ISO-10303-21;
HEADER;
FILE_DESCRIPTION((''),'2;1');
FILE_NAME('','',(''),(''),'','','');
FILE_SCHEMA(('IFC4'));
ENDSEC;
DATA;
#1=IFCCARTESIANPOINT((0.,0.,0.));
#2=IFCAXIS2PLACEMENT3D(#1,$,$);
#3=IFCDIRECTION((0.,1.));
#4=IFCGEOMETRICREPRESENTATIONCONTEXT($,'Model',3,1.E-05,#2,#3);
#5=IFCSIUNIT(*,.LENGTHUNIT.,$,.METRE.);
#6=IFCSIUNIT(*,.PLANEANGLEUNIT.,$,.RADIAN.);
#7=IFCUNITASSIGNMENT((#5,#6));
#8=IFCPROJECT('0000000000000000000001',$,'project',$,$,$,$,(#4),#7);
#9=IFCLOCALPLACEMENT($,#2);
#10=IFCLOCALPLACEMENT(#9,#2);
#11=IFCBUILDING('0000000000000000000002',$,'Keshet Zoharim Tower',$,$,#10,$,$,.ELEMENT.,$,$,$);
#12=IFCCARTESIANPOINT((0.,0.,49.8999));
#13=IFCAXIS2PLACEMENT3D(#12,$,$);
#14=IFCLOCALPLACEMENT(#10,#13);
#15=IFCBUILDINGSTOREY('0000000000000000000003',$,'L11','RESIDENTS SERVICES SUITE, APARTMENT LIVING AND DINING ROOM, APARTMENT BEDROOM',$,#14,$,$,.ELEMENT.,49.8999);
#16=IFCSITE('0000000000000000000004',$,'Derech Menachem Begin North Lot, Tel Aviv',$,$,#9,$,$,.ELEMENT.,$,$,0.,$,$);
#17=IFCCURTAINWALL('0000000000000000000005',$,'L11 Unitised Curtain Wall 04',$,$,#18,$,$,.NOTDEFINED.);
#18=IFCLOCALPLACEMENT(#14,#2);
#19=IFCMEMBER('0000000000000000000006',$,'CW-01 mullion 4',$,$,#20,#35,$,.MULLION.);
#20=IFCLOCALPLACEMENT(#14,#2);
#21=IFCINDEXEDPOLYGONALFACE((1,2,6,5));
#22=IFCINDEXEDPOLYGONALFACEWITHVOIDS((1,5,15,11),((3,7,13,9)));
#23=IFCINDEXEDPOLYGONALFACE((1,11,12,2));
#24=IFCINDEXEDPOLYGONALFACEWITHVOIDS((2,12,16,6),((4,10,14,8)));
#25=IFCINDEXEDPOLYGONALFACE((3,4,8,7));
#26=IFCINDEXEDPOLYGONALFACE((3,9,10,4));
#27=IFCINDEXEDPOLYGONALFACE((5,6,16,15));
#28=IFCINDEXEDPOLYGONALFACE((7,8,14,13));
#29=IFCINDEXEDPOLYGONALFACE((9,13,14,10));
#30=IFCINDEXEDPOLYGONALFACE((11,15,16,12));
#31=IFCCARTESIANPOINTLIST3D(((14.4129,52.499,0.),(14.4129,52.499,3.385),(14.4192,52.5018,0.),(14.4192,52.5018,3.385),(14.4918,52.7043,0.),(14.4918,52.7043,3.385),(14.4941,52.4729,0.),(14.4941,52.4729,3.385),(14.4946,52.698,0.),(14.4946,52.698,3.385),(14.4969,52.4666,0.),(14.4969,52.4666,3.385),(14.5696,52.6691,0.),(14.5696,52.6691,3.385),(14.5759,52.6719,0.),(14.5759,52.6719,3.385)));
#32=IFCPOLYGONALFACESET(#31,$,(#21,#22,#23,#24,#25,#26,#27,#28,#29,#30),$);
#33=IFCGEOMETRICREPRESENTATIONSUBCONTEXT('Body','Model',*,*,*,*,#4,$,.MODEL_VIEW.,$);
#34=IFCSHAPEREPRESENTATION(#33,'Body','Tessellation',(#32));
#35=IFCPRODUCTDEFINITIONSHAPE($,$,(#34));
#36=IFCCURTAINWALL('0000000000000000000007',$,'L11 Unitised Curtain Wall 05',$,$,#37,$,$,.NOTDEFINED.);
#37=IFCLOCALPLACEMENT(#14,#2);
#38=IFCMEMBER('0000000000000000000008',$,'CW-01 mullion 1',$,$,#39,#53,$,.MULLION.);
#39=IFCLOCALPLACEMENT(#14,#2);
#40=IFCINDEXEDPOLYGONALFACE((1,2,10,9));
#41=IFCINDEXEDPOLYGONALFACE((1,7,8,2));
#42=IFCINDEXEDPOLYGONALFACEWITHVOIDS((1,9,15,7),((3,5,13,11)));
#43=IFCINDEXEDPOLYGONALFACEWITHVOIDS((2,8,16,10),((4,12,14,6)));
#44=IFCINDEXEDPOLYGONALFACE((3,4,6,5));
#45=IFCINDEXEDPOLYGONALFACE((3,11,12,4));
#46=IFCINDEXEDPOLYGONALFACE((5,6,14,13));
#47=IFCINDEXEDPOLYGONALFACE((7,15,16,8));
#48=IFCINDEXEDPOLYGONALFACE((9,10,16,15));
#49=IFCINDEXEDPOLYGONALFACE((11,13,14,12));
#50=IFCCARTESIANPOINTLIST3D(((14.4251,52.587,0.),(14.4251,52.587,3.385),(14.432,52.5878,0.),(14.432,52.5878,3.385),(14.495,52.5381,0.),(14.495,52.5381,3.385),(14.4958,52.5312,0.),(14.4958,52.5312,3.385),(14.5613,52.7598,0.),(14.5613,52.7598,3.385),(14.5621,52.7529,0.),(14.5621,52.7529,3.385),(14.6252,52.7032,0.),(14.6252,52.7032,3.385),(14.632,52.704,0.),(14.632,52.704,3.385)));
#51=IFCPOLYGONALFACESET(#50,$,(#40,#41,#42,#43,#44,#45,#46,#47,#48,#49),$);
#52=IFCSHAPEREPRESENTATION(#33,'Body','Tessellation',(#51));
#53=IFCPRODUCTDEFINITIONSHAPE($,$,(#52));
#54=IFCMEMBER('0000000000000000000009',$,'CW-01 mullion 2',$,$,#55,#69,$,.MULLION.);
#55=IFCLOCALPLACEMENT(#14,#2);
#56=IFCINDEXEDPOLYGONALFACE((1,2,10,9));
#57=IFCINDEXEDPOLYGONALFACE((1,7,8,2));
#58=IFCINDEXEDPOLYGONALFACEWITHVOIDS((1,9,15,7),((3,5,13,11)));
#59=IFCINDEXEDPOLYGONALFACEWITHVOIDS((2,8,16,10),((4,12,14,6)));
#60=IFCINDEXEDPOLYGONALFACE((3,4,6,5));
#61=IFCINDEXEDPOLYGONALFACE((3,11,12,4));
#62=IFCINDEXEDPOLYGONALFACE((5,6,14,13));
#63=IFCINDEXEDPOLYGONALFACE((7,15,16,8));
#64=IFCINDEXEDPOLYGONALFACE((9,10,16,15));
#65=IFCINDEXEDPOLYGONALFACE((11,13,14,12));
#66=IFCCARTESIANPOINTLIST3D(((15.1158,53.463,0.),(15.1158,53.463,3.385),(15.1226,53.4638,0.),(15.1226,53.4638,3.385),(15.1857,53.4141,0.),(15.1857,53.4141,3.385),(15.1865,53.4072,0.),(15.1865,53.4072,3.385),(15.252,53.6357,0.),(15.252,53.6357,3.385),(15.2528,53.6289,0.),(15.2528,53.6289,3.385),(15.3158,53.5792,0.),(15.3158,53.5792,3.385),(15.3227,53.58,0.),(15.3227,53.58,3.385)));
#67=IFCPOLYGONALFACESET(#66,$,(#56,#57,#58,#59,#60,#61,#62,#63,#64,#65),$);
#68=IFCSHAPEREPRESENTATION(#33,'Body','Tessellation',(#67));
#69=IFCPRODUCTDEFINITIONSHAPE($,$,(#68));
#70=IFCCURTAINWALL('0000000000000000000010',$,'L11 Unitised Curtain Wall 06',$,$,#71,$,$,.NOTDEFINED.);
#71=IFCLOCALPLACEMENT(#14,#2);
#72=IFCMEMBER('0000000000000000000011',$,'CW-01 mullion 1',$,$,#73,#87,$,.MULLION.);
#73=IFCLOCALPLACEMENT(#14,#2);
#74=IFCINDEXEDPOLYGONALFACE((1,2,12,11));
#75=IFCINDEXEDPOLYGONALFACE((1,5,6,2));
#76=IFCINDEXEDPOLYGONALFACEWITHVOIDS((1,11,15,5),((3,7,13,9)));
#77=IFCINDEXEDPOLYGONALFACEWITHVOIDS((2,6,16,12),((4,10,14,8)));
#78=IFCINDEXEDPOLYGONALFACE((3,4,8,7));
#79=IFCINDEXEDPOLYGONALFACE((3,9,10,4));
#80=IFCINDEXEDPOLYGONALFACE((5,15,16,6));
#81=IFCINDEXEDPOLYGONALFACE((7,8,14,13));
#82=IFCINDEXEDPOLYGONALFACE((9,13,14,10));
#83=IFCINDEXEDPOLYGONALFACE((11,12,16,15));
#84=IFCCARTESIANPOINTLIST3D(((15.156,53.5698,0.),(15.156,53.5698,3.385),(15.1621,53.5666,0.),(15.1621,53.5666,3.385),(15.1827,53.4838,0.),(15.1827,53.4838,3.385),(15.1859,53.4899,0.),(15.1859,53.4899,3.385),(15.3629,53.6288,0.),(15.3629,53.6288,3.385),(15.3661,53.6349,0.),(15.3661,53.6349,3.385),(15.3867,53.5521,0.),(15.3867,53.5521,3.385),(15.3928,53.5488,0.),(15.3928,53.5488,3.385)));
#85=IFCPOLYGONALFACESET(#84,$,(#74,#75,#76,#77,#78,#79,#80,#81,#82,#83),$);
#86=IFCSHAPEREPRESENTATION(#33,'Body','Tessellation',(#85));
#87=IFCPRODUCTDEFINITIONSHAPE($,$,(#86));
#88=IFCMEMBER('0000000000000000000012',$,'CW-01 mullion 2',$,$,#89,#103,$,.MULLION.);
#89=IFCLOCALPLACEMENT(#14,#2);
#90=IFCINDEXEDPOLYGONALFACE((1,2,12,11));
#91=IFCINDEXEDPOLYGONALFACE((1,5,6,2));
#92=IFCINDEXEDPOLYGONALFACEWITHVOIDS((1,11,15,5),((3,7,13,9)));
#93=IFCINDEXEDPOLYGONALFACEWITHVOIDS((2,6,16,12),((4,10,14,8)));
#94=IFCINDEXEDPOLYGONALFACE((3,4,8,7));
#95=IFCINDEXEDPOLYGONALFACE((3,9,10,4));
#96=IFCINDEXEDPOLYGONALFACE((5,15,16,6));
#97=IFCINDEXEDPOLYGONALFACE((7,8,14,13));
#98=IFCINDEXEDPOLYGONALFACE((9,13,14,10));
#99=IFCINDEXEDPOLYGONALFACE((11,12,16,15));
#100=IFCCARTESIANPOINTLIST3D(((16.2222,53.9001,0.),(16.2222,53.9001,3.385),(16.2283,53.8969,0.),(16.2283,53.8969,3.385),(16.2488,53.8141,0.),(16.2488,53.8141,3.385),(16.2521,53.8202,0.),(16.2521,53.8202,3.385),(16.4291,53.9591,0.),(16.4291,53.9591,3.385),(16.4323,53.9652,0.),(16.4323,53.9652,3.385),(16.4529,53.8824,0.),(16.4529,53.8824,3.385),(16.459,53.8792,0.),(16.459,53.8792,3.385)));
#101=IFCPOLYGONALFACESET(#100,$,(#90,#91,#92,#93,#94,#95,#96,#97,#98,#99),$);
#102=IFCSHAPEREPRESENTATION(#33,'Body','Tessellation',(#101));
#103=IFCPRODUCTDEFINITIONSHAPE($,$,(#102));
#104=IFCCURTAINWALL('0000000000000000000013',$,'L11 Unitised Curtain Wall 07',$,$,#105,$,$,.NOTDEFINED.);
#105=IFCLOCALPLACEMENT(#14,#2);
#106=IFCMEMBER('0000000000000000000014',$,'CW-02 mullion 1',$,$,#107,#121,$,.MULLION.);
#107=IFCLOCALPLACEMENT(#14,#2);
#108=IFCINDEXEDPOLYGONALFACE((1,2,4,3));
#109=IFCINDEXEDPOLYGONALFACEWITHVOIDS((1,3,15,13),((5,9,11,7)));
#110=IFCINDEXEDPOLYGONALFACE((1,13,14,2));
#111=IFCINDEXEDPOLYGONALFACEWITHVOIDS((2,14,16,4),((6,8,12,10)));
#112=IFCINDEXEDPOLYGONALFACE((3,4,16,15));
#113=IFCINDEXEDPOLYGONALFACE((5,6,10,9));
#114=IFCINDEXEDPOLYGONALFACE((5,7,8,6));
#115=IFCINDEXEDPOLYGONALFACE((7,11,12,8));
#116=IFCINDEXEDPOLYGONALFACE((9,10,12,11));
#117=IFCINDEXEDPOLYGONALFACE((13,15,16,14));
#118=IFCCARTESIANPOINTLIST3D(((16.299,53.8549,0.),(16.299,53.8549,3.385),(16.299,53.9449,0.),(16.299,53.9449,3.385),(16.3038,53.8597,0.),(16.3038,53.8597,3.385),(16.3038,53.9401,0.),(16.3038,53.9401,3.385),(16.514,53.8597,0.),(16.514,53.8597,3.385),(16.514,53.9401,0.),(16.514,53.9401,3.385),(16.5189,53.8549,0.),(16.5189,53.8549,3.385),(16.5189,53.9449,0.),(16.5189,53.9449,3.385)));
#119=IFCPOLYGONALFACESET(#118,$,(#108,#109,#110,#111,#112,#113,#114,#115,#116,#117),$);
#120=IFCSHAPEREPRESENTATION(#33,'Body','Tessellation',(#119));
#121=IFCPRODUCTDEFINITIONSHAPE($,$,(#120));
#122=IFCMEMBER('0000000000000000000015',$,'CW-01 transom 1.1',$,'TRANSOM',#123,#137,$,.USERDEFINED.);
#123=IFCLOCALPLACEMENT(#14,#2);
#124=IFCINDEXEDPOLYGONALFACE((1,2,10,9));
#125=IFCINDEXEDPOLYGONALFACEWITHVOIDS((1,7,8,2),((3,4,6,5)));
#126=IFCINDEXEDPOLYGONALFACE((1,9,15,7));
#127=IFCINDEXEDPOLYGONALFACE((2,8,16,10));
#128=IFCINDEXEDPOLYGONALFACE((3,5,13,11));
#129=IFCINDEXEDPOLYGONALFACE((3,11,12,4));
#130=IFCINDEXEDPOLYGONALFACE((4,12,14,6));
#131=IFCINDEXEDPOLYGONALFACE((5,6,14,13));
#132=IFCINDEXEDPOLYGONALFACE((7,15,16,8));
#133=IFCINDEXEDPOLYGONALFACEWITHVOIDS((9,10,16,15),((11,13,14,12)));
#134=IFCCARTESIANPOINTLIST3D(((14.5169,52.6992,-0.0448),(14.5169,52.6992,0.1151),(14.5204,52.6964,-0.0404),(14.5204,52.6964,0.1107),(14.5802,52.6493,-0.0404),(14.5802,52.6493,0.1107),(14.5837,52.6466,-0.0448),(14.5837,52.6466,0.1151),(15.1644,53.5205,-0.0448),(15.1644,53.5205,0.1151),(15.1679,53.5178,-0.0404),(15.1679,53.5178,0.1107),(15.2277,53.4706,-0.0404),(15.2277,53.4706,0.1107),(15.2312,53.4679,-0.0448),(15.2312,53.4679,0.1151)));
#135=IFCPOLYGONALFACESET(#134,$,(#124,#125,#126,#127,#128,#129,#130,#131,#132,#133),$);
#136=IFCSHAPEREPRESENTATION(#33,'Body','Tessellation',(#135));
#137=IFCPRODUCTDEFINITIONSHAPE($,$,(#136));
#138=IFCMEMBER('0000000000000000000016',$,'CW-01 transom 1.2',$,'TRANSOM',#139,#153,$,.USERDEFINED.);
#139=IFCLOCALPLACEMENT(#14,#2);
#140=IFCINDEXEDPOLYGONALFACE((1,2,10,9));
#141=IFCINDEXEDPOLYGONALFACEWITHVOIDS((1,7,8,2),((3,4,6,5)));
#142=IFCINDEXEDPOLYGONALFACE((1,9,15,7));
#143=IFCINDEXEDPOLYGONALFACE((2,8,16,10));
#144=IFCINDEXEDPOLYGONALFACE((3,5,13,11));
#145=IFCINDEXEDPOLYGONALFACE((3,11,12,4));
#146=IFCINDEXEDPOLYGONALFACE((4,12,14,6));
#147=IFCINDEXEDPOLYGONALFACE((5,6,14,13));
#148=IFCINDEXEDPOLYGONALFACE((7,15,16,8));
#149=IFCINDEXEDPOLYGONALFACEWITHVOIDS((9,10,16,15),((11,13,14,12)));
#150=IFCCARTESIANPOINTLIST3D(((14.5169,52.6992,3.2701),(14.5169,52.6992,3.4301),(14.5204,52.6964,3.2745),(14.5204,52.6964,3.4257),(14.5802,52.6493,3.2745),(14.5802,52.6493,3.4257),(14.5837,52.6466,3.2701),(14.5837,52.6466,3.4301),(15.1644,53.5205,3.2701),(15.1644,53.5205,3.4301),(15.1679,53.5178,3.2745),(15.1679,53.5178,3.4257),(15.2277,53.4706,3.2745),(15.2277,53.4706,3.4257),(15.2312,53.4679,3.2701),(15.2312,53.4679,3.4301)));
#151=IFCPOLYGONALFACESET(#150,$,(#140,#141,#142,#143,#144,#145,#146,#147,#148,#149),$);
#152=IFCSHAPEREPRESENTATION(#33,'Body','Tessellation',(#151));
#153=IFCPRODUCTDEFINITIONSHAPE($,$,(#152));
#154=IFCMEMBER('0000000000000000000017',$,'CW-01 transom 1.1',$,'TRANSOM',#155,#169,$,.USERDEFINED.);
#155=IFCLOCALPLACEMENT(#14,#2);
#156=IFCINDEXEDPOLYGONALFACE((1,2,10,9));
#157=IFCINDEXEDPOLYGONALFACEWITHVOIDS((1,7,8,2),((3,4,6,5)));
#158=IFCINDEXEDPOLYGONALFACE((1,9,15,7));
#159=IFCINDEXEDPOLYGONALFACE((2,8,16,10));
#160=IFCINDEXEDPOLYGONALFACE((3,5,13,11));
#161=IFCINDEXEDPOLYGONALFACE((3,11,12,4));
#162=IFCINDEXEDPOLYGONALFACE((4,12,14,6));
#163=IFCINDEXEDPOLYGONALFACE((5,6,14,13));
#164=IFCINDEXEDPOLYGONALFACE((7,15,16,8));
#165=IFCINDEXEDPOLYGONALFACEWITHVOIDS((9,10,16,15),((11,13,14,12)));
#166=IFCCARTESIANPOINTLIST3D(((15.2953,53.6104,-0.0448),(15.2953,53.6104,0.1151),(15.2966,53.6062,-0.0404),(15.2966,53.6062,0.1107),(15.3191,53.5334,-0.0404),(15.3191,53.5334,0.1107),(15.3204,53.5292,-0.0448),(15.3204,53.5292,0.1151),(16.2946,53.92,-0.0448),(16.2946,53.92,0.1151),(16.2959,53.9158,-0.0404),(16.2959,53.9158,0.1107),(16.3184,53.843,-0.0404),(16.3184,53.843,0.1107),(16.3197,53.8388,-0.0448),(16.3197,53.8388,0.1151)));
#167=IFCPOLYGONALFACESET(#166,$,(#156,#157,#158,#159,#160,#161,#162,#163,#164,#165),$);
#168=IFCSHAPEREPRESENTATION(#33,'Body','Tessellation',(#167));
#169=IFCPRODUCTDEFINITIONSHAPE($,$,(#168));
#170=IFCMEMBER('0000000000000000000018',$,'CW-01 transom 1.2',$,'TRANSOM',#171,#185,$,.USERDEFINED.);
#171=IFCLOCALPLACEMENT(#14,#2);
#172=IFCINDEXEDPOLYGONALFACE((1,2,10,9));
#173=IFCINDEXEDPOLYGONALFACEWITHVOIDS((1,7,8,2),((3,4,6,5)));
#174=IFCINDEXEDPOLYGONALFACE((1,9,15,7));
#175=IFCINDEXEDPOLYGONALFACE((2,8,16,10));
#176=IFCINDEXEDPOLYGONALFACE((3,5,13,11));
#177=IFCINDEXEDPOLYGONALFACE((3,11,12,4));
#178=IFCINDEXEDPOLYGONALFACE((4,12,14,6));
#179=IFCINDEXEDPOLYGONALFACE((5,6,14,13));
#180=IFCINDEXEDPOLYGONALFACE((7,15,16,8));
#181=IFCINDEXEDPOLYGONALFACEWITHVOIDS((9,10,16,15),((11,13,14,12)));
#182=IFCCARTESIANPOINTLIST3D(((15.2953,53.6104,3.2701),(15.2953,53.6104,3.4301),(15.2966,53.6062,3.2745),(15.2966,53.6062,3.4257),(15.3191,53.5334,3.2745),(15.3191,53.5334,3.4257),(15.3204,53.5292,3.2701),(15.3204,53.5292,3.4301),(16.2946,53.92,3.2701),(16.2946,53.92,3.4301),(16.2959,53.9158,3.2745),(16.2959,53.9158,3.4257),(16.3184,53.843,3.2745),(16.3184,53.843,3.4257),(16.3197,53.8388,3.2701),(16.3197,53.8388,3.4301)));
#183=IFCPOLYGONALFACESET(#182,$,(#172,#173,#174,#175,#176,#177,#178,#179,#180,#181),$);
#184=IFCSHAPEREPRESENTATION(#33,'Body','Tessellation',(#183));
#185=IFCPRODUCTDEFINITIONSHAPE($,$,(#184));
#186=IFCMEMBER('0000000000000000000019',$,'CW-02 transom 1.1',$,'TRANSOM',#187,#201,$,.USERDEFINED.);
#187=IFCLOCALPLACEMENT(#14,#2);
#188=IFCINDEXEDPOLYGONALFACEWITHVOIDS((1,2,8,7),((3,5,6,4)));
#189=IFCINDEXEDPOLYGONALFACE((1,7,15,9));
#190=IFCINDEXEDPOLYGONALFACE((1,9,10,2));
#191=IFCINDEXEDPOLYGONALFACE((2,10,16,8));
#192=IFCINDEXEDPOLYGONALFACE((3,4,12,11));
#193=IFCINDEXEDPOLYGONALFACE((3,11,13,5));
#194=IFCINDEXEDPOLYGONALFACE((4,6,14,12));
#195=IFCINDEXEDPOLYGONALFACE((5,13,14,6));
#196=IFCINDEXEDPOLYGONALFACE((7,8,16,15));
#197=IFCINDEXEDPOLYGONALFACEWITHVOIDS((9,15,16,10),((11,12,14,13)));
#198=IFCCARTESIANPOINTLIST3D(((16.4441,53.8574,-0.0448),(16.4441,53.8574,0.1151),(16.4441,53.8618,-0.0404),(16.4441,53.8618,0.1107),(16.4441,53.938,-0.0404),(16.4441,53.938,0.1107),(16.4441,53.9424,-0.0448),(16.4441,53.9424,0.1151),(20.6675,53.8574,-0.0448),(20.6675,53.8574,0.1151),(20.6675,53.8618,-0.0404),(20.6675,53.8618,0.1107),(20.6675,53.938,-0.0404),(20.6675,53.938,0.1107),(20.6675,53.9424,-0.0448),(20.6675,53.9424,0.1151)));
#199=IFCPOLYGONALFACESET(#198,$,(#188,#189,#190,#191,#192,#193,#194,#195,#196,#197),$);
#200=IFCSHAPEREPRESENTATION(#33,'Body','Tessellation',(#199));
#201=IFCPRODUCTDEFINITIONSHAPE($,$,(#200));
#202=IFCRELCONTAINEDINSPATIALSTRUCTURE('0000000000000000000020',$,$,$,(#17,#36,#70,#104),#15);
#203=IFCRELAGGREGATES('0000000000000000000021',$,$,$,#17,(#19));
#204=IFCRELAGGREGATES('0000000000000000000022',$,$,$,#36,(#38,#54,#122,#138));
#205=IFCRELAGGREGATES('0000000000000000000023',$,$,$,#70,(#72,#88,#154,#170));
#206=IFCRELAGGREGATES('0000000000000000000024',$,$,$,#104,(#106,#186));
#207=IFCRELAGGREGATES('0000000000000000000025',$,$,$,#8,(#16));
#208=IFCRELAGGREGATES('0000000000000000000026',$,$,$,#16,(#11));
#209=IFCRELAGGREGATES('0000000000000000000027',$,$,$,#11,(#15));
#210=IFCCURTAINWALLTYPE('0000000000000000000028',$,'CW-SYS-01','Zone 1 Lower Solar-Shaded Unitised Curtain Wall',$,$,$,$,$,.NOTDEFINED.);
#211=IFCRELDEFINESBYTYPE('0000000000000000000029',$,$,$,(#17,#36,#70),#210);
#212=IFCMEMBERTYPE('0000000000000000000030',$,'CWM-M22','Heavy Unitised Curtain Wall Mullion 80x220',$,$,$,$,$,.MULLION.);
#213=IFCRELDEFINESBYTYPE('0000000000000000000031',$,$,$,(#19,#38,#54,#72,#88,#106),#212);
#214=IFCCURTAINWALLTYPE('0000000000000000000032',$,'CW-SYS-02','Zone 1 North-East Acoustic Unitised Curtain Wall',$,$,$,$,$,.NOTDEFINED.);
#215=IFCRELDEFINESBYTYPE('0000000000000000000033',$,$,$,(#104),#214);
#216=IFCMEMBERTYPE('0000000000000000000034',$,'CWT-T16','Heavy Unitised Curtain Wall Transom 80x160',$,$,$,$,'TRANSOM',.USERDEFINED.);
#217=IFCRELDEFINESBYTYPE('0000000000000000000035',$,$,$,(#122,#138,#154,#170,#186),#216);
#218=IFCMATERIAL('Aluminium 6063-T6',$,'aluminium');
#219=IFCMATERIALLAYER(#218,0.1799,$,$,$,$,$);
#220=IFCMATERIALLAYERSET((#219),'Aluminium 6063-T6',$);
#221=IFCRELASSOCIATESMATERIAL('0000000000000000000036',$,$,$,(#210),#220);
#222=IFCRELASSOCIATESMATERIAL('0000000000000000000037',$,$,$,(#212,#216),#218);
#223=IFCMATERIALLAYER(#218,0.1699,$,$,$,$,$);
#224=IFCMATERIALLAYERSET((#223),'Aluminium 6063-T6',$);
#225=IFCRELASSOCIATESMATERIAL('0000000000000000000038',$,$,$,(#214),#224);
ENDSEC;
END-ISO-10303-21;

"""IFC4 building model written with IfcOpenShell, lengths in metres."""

from ifc_helpers import new_model, si_unit, direction, frame, origin, origin_2d, place, context, subcontext, project, spatial, hollow_rectangle, extrude, material, layer, layer_set, material_profile, profile_set, type_object, element, aggregate, save


model = new_model("IFC4")

# Units and contexts
model_context = context("Model", 3, precision=1e-05, world=origin(), true_north=direction((0.0, 1.0)))
body_context = subcontext(model_context, "Body", "Model", "MODEL_VIEW")
ifc_project = project(units=[si_unit("LENGTHUNIT", "METRE"), si_unit("PLANEANGLEUNIT", "RADIAN")], contexts=[model_context])

# Site, building, storey
site_placement = place(None, origin())
site = spatial("IfcSite", under=ifc_project, at=site_placement, Name="Derech Menachem Begin North Lot, Tel Aviv", CompositionType="ELEMENT", RefElevation=0.0)
building_placement = place(site_placement, origin())
building = spatial("IfcBuilding", under=site, at=building_placement, Name="Keshet Zoharim Tower", CompositionType="ELEMENT")
storey_placement = place(building_placement, frame((0.0, 0.0, 49.8999)))
storey = spatial("IfcBuildingStorey", under=building, at=storey_placement, Name="L11", Description="RESIDENTS SERVICES SUITE, APARTMENT LIVING AND DINING ROOM, APARTMENT BEDROOM", CompositionType="ELEMENT", Elevation=49.8999)

# Curtain wall, member
ifc_material_1 = material(Name="Aluminium 6063-T6", Category="aluminium")
ifc_layer_1 = layer(ifc_material_1, 0.1799)
ifc_layer_set_1 = layer_set([ifc_layer_1], Name="Aluminium 6063-T6")
curtain_wall_type_1 = type_object("IfcCurtainWallType", Name="CW-SYS-01", Description="Zone 1 Lower Solar-Shaded Unitised Curtain Wall", PredefinedType="NOTDEFINED", material=ifc_layer_set_1)
curtain_wall_1_placement = place(storey_placement, origin())
curtain_wall_1 = element("IfcCurtainWall", 1, at=curtain_wall_1_placement, inside=storey, type_object=curtain_wall_type_1, Name="L11 Unitised Curtain Wall 04", PredefinedType="NOTDEFINED")
ifc_material_profile_1 = material_profile(ifc_material_1, hollow_rectangle(XDim=0.0901, YDim=0.22, WallThickness=0.0049, at=origin_2d()), Name="MUL-90x220")
ifc_profile_set_1 = profile_set([ifc_material_profile_1], Name="Aluminium 6063-T6")
member_type_1 = type_object("IfcMemberType", Name="CWM-M22", Description="Heavy Unitised Curtain Wall Mullion 80x220", PredefinedType="MULLION", material=ifc_profile_set_1)
member_1_placement = place(storey_placement, frame((14.4944, 52.5854, 0.0), z_axis=(0.0, 0.0, 1.0), x_axis=(-0.933341, 0.35899, 0.0)))
member_1 = element("IfcMember", 2, at=member_1_placement, type_object=member_type_1, Name="CW-01 mullion 4", PredefinedType="MULLION", context=body_context, shape_type="SweptSolid", body=[
    extrude(hollow_rectangle(XDim=0.0901, YDim=0.22, WallThickness=0.0049, at=origin_2d()), origin(), (0.0, 0.0, 1.0), 3.385),
])

# Curtain walls, members
curtain_wall_2_placement = place(storey_placement, origin())
curtain_wall_2 = element("IfcCurtainWall", 3, at=curtain_wall_2_placement, inside=storey, type_object=curtain_wall_type_1, Name="L11 Unitised Curtain Wall 05", PredefinedType="NOTDEFINED")
member_2_placement = place(storey_placement, frame((14.5286, 52.6455, 0.0), z_axis=(0.0, 0.0, 1.0), x_axis=(-0.785293, 0.619125, 0.0)))
member_2 = element("IfcMember", 4, at=member_2_placement, type_object=member_type_1, Name="CW-01 mullion 1", PredefinedType="MULLION", context=body_context, shape_type="SweptSolid", body=[
    extrude(hollow_rectangle(XDim=0.0901, YDim=0.22, WallThickness=0.0049, at=origin_2d()), origin(), (0.0, 0.0, 1.0), 3.385),
])
member_3_placement = place(storey_placement, frame((15.2192, 53.5215, 0.0), z_axis=(0.0, 0.0, 1.0), x_axis=(-0.785293, 0.619125, 0.0)))
member_3 = element("IfcMember", 5, at=member_3_placement, type_object=member_type_1, Name="CW-01 mullion 2", PredefinedType="MULLION", context=body_context, shape_type="SweptSolid", body=[
    extrude(hollow_rectangle(XDim=0.0901, YDim=0.22, WallThickness=0.0049, at=origin_2d()), origin(), (0.0, 0.0, 1.0), 3.385),
])
curtain_wall_3_placement = place(storey_placement, origin())
curtain_wall_3 = element("IfcCurtainWall", 6, at=curtain_wall_3_placement, inside=storey, type_object=curtain_wall_type_1, Name="L11 Unitised Curtain Wall 06", PredefinedType="NOTDEFINED")
member_4_placement = place(storey_placement, frame((15.2744, 53.5593, 0.0), z_axis=(0.0, 0.0, 1.0), x_axis=(-0.295922, 0.955212, 0.0)))
member_4 = element("IfcMember", 7, at=member_4_placement, type_object=member_type_1, Name="CW-01 mullion 1", PredefinedType="MULLION", context=body_context, shape_type="SweptSolid", body=[
    extrude(hollow_rectangle(XDim=0.0901, YDim=0.22, WallThickness=0.0049, at=origin_2d()), origin(), (0.0, 0.0, 1.0), 3.385),
])
member_5_placement = place(storey_placement, frame((16.3406, 53.8896, 0.0), z_axis=(0.0, 0.0, 1.0), x_axis=(-0.295922, 0.955212, 0.0)))
member_5 = element("IfcMember", 8, at=member_5_placement, type_object=member_type_1, Name="CW-01 mullion 2", PredefinedType="MULLION", context=body_context, shape_type="SweptSolid", body=[
    extrude(hollow_rectangle(XDim=0.0901, YDim=0.22, WallThickness=0.0049, at=origin_2d()), origin(), (0.0, 0.0, 1.0), 3.385),
])

# Curtain wall, member
ifc_layer_2 = layer(ifc_material_1, 0.1699)
ifc_layer_set_2 = layer_set([ifc_layer_2], Name="Aluminium 6063-T6")
curtain_wall_type_2 = type_object("IfcCurtainWallType", Name="CW-SYS-02", Description="Zone 1 North-East Acoustic Unitised Curtain Wall", PredefinedType="NOTDEFINED", material=ifc_layer_set_2)
curtain_wall_4_placement = place(storey_placement, origin())
curtain_wall_4 = element("IfcCurtainWall", 9, at=curtain_wall_4_placement, inside=storey, type_object=curtain_wall_type_2, Name="L11 Unitised Curtain Wall 07", PredefinedType="NOTDEFINED")
member_6_placement = place(storey_placement, frame((16.4089, 53.8999, 0.0), z_axis=(0.0, 0.0, 1.0), x_axis=(0.0, 1.0, 0.0)))
member_6 = element("IfcMember", 10, at=member_6_placement, type_object=member_type_1, Name="CW-02 mullion 1", PredefinedType="MULLION", context=body_context, shape_type="SweptSolid", body=[
    extrude(hollow_rectangle(XDim=0.0901, YDim=0.22, WallThickness=0.0049, at=origin_2d()), origin(), (0.0, 0.0, 1.0), 3.385),
])

# Members
ifc_material_profile_2 = material_profile(ifc_material_1, hollow_rectangle(XDim=0.085, YDim=0.1599, WallThickness=0.0044, at=origin_2d()), Name="TRN-85x160")
ifc_profile_set_2 = profile_set([ifc_material_profile_2], Name="Aluminium 6063-T6")
member_type_2 = type_object("IfcMemberType", Name="CWT-T16", Description="Heavy Unitised Curtain Wall Transom 80x160", ElementType="TRANSOM", PredefinedType="USERDEFINED", material=ifc_profile_set_2)
member_7_placement = place(storey_placement, frame((14.5503, 52.6729, 0.0352), z_axis=(0.619099, 0.785313, 0.0), x_axis=(-0.785313, 0.619099, 0.0)))
member_7 = element("IfcMember", 11, at=member_7_placement, type_object=member_type_2, Name="CW-01 transom 1.1", ObjectType="TRANSOM", PredefinedType="USERDEFINED", context=body_context, shape_type="SweptSolid", body=[
    extrude(hollow_rectangle(XDim=0.085, YDim=0.1599, WallThickness=0.0044, at=origin_2d()), origin(), (0.0, 0.0, 1.0), 1.0459),
])
member_8_placement = place(storey_placement, frame((14.5503, 52.6729, 3.3501), z_axis=(0.619099, 0.785313, 0.0), x_axis=(-0.785313, 0.619099, 0.0)))
member_8 = element("IfcMember", 12, at=member_8_placement, type_object=member_type_2, Name="CW-01 transom 1.2", ObjectType="TRANSOM", PredefinedType="USERDEFINED", context=body_context, shape_type="SweptSolid", body=[
    extrude(hollow_rectangle(XDim=0.085, YDim=0.1599, WallThickness=0.0044, at=origin_2d()), origin(), (0.0, 0.0, 1.0), 1.0459),
])
member_9_placement = place(storey_placement, frame((15.3079, 53.5698, 0.0352), z_axis=(0.955212, 0.295922, 0.0), x_axis=(-0.295922, 0.955212, 0.0)))
member_9 = element("IfcMember", 13, at=member_9_placement, type_object=member_type_2, Name="CW-01 transom 1.1", ObjectType="TRANSOM", PredefinedType="USERDEFINED", context=body_context, shape_type="SweptSolid", body=[
    extrude(hollow_rectangle(XDim=0.085, YDim=0.1599, WallThickness=0.0044, at=origin_2d()), origin(), (0.0, 0.0, 1.0), 1.0461),
])
member_10_placement = place(storey_placement, frame((15.3079, 53.5698, 3.3501), z_axis=(0.955212, 0.295922, 0.0), x_axis=(-0.295922, 0.955212, 0.0)))
member_10 = element("IfcMember", 14, at=member_10_placement, type_object=member_type_2, Name="CW-01 transom 1.2", ObjectType="TRANSOM", PredefinedType="USERDEFINED", context=body_context, shape_type="SweptSolid", body=[
    extrude(hollow_rectangle(XDim=0.085, YDim=0.1599, WallThickness=0.0044, at=origin_2d()), origin(), (0.0, 0.0, 1.0), 1.0461),
])
member_11_placement = place(storey_placement, frame((16.4441, 53.8999, 0.0352), z_axis=(1.0, 0.0, 0.0), x_axis=(0.0, 1.0, 0.0)))
member_11 = element("IfcMember", 15, at=member_11_placement, type_object=member_type_2, Name="CW-02 transom 1.1", ObjectType="TRANSOM", PredefinedType="USERDEFINED", context=body_context, shape_type="SweptSolid", body=[
    extrude(hollow_rectangle(XDim=0.085, YDim=0.1599, WallThickness=0.0044, at=origin_2d()), origin(), (0.0, 0.0, 1.0), 4.2234),
])

aggregate(curtain_wall_1, [member_1])
aggregate(curtain_wall_2, [member_2, member_3, member_7, member_8])
aggregate(curtain_wall_3, [member_4, member_5, member_9, member_10])
aggregate(curtain_wall_4, [member_6, member_11])

save(model, "model.ifc")
